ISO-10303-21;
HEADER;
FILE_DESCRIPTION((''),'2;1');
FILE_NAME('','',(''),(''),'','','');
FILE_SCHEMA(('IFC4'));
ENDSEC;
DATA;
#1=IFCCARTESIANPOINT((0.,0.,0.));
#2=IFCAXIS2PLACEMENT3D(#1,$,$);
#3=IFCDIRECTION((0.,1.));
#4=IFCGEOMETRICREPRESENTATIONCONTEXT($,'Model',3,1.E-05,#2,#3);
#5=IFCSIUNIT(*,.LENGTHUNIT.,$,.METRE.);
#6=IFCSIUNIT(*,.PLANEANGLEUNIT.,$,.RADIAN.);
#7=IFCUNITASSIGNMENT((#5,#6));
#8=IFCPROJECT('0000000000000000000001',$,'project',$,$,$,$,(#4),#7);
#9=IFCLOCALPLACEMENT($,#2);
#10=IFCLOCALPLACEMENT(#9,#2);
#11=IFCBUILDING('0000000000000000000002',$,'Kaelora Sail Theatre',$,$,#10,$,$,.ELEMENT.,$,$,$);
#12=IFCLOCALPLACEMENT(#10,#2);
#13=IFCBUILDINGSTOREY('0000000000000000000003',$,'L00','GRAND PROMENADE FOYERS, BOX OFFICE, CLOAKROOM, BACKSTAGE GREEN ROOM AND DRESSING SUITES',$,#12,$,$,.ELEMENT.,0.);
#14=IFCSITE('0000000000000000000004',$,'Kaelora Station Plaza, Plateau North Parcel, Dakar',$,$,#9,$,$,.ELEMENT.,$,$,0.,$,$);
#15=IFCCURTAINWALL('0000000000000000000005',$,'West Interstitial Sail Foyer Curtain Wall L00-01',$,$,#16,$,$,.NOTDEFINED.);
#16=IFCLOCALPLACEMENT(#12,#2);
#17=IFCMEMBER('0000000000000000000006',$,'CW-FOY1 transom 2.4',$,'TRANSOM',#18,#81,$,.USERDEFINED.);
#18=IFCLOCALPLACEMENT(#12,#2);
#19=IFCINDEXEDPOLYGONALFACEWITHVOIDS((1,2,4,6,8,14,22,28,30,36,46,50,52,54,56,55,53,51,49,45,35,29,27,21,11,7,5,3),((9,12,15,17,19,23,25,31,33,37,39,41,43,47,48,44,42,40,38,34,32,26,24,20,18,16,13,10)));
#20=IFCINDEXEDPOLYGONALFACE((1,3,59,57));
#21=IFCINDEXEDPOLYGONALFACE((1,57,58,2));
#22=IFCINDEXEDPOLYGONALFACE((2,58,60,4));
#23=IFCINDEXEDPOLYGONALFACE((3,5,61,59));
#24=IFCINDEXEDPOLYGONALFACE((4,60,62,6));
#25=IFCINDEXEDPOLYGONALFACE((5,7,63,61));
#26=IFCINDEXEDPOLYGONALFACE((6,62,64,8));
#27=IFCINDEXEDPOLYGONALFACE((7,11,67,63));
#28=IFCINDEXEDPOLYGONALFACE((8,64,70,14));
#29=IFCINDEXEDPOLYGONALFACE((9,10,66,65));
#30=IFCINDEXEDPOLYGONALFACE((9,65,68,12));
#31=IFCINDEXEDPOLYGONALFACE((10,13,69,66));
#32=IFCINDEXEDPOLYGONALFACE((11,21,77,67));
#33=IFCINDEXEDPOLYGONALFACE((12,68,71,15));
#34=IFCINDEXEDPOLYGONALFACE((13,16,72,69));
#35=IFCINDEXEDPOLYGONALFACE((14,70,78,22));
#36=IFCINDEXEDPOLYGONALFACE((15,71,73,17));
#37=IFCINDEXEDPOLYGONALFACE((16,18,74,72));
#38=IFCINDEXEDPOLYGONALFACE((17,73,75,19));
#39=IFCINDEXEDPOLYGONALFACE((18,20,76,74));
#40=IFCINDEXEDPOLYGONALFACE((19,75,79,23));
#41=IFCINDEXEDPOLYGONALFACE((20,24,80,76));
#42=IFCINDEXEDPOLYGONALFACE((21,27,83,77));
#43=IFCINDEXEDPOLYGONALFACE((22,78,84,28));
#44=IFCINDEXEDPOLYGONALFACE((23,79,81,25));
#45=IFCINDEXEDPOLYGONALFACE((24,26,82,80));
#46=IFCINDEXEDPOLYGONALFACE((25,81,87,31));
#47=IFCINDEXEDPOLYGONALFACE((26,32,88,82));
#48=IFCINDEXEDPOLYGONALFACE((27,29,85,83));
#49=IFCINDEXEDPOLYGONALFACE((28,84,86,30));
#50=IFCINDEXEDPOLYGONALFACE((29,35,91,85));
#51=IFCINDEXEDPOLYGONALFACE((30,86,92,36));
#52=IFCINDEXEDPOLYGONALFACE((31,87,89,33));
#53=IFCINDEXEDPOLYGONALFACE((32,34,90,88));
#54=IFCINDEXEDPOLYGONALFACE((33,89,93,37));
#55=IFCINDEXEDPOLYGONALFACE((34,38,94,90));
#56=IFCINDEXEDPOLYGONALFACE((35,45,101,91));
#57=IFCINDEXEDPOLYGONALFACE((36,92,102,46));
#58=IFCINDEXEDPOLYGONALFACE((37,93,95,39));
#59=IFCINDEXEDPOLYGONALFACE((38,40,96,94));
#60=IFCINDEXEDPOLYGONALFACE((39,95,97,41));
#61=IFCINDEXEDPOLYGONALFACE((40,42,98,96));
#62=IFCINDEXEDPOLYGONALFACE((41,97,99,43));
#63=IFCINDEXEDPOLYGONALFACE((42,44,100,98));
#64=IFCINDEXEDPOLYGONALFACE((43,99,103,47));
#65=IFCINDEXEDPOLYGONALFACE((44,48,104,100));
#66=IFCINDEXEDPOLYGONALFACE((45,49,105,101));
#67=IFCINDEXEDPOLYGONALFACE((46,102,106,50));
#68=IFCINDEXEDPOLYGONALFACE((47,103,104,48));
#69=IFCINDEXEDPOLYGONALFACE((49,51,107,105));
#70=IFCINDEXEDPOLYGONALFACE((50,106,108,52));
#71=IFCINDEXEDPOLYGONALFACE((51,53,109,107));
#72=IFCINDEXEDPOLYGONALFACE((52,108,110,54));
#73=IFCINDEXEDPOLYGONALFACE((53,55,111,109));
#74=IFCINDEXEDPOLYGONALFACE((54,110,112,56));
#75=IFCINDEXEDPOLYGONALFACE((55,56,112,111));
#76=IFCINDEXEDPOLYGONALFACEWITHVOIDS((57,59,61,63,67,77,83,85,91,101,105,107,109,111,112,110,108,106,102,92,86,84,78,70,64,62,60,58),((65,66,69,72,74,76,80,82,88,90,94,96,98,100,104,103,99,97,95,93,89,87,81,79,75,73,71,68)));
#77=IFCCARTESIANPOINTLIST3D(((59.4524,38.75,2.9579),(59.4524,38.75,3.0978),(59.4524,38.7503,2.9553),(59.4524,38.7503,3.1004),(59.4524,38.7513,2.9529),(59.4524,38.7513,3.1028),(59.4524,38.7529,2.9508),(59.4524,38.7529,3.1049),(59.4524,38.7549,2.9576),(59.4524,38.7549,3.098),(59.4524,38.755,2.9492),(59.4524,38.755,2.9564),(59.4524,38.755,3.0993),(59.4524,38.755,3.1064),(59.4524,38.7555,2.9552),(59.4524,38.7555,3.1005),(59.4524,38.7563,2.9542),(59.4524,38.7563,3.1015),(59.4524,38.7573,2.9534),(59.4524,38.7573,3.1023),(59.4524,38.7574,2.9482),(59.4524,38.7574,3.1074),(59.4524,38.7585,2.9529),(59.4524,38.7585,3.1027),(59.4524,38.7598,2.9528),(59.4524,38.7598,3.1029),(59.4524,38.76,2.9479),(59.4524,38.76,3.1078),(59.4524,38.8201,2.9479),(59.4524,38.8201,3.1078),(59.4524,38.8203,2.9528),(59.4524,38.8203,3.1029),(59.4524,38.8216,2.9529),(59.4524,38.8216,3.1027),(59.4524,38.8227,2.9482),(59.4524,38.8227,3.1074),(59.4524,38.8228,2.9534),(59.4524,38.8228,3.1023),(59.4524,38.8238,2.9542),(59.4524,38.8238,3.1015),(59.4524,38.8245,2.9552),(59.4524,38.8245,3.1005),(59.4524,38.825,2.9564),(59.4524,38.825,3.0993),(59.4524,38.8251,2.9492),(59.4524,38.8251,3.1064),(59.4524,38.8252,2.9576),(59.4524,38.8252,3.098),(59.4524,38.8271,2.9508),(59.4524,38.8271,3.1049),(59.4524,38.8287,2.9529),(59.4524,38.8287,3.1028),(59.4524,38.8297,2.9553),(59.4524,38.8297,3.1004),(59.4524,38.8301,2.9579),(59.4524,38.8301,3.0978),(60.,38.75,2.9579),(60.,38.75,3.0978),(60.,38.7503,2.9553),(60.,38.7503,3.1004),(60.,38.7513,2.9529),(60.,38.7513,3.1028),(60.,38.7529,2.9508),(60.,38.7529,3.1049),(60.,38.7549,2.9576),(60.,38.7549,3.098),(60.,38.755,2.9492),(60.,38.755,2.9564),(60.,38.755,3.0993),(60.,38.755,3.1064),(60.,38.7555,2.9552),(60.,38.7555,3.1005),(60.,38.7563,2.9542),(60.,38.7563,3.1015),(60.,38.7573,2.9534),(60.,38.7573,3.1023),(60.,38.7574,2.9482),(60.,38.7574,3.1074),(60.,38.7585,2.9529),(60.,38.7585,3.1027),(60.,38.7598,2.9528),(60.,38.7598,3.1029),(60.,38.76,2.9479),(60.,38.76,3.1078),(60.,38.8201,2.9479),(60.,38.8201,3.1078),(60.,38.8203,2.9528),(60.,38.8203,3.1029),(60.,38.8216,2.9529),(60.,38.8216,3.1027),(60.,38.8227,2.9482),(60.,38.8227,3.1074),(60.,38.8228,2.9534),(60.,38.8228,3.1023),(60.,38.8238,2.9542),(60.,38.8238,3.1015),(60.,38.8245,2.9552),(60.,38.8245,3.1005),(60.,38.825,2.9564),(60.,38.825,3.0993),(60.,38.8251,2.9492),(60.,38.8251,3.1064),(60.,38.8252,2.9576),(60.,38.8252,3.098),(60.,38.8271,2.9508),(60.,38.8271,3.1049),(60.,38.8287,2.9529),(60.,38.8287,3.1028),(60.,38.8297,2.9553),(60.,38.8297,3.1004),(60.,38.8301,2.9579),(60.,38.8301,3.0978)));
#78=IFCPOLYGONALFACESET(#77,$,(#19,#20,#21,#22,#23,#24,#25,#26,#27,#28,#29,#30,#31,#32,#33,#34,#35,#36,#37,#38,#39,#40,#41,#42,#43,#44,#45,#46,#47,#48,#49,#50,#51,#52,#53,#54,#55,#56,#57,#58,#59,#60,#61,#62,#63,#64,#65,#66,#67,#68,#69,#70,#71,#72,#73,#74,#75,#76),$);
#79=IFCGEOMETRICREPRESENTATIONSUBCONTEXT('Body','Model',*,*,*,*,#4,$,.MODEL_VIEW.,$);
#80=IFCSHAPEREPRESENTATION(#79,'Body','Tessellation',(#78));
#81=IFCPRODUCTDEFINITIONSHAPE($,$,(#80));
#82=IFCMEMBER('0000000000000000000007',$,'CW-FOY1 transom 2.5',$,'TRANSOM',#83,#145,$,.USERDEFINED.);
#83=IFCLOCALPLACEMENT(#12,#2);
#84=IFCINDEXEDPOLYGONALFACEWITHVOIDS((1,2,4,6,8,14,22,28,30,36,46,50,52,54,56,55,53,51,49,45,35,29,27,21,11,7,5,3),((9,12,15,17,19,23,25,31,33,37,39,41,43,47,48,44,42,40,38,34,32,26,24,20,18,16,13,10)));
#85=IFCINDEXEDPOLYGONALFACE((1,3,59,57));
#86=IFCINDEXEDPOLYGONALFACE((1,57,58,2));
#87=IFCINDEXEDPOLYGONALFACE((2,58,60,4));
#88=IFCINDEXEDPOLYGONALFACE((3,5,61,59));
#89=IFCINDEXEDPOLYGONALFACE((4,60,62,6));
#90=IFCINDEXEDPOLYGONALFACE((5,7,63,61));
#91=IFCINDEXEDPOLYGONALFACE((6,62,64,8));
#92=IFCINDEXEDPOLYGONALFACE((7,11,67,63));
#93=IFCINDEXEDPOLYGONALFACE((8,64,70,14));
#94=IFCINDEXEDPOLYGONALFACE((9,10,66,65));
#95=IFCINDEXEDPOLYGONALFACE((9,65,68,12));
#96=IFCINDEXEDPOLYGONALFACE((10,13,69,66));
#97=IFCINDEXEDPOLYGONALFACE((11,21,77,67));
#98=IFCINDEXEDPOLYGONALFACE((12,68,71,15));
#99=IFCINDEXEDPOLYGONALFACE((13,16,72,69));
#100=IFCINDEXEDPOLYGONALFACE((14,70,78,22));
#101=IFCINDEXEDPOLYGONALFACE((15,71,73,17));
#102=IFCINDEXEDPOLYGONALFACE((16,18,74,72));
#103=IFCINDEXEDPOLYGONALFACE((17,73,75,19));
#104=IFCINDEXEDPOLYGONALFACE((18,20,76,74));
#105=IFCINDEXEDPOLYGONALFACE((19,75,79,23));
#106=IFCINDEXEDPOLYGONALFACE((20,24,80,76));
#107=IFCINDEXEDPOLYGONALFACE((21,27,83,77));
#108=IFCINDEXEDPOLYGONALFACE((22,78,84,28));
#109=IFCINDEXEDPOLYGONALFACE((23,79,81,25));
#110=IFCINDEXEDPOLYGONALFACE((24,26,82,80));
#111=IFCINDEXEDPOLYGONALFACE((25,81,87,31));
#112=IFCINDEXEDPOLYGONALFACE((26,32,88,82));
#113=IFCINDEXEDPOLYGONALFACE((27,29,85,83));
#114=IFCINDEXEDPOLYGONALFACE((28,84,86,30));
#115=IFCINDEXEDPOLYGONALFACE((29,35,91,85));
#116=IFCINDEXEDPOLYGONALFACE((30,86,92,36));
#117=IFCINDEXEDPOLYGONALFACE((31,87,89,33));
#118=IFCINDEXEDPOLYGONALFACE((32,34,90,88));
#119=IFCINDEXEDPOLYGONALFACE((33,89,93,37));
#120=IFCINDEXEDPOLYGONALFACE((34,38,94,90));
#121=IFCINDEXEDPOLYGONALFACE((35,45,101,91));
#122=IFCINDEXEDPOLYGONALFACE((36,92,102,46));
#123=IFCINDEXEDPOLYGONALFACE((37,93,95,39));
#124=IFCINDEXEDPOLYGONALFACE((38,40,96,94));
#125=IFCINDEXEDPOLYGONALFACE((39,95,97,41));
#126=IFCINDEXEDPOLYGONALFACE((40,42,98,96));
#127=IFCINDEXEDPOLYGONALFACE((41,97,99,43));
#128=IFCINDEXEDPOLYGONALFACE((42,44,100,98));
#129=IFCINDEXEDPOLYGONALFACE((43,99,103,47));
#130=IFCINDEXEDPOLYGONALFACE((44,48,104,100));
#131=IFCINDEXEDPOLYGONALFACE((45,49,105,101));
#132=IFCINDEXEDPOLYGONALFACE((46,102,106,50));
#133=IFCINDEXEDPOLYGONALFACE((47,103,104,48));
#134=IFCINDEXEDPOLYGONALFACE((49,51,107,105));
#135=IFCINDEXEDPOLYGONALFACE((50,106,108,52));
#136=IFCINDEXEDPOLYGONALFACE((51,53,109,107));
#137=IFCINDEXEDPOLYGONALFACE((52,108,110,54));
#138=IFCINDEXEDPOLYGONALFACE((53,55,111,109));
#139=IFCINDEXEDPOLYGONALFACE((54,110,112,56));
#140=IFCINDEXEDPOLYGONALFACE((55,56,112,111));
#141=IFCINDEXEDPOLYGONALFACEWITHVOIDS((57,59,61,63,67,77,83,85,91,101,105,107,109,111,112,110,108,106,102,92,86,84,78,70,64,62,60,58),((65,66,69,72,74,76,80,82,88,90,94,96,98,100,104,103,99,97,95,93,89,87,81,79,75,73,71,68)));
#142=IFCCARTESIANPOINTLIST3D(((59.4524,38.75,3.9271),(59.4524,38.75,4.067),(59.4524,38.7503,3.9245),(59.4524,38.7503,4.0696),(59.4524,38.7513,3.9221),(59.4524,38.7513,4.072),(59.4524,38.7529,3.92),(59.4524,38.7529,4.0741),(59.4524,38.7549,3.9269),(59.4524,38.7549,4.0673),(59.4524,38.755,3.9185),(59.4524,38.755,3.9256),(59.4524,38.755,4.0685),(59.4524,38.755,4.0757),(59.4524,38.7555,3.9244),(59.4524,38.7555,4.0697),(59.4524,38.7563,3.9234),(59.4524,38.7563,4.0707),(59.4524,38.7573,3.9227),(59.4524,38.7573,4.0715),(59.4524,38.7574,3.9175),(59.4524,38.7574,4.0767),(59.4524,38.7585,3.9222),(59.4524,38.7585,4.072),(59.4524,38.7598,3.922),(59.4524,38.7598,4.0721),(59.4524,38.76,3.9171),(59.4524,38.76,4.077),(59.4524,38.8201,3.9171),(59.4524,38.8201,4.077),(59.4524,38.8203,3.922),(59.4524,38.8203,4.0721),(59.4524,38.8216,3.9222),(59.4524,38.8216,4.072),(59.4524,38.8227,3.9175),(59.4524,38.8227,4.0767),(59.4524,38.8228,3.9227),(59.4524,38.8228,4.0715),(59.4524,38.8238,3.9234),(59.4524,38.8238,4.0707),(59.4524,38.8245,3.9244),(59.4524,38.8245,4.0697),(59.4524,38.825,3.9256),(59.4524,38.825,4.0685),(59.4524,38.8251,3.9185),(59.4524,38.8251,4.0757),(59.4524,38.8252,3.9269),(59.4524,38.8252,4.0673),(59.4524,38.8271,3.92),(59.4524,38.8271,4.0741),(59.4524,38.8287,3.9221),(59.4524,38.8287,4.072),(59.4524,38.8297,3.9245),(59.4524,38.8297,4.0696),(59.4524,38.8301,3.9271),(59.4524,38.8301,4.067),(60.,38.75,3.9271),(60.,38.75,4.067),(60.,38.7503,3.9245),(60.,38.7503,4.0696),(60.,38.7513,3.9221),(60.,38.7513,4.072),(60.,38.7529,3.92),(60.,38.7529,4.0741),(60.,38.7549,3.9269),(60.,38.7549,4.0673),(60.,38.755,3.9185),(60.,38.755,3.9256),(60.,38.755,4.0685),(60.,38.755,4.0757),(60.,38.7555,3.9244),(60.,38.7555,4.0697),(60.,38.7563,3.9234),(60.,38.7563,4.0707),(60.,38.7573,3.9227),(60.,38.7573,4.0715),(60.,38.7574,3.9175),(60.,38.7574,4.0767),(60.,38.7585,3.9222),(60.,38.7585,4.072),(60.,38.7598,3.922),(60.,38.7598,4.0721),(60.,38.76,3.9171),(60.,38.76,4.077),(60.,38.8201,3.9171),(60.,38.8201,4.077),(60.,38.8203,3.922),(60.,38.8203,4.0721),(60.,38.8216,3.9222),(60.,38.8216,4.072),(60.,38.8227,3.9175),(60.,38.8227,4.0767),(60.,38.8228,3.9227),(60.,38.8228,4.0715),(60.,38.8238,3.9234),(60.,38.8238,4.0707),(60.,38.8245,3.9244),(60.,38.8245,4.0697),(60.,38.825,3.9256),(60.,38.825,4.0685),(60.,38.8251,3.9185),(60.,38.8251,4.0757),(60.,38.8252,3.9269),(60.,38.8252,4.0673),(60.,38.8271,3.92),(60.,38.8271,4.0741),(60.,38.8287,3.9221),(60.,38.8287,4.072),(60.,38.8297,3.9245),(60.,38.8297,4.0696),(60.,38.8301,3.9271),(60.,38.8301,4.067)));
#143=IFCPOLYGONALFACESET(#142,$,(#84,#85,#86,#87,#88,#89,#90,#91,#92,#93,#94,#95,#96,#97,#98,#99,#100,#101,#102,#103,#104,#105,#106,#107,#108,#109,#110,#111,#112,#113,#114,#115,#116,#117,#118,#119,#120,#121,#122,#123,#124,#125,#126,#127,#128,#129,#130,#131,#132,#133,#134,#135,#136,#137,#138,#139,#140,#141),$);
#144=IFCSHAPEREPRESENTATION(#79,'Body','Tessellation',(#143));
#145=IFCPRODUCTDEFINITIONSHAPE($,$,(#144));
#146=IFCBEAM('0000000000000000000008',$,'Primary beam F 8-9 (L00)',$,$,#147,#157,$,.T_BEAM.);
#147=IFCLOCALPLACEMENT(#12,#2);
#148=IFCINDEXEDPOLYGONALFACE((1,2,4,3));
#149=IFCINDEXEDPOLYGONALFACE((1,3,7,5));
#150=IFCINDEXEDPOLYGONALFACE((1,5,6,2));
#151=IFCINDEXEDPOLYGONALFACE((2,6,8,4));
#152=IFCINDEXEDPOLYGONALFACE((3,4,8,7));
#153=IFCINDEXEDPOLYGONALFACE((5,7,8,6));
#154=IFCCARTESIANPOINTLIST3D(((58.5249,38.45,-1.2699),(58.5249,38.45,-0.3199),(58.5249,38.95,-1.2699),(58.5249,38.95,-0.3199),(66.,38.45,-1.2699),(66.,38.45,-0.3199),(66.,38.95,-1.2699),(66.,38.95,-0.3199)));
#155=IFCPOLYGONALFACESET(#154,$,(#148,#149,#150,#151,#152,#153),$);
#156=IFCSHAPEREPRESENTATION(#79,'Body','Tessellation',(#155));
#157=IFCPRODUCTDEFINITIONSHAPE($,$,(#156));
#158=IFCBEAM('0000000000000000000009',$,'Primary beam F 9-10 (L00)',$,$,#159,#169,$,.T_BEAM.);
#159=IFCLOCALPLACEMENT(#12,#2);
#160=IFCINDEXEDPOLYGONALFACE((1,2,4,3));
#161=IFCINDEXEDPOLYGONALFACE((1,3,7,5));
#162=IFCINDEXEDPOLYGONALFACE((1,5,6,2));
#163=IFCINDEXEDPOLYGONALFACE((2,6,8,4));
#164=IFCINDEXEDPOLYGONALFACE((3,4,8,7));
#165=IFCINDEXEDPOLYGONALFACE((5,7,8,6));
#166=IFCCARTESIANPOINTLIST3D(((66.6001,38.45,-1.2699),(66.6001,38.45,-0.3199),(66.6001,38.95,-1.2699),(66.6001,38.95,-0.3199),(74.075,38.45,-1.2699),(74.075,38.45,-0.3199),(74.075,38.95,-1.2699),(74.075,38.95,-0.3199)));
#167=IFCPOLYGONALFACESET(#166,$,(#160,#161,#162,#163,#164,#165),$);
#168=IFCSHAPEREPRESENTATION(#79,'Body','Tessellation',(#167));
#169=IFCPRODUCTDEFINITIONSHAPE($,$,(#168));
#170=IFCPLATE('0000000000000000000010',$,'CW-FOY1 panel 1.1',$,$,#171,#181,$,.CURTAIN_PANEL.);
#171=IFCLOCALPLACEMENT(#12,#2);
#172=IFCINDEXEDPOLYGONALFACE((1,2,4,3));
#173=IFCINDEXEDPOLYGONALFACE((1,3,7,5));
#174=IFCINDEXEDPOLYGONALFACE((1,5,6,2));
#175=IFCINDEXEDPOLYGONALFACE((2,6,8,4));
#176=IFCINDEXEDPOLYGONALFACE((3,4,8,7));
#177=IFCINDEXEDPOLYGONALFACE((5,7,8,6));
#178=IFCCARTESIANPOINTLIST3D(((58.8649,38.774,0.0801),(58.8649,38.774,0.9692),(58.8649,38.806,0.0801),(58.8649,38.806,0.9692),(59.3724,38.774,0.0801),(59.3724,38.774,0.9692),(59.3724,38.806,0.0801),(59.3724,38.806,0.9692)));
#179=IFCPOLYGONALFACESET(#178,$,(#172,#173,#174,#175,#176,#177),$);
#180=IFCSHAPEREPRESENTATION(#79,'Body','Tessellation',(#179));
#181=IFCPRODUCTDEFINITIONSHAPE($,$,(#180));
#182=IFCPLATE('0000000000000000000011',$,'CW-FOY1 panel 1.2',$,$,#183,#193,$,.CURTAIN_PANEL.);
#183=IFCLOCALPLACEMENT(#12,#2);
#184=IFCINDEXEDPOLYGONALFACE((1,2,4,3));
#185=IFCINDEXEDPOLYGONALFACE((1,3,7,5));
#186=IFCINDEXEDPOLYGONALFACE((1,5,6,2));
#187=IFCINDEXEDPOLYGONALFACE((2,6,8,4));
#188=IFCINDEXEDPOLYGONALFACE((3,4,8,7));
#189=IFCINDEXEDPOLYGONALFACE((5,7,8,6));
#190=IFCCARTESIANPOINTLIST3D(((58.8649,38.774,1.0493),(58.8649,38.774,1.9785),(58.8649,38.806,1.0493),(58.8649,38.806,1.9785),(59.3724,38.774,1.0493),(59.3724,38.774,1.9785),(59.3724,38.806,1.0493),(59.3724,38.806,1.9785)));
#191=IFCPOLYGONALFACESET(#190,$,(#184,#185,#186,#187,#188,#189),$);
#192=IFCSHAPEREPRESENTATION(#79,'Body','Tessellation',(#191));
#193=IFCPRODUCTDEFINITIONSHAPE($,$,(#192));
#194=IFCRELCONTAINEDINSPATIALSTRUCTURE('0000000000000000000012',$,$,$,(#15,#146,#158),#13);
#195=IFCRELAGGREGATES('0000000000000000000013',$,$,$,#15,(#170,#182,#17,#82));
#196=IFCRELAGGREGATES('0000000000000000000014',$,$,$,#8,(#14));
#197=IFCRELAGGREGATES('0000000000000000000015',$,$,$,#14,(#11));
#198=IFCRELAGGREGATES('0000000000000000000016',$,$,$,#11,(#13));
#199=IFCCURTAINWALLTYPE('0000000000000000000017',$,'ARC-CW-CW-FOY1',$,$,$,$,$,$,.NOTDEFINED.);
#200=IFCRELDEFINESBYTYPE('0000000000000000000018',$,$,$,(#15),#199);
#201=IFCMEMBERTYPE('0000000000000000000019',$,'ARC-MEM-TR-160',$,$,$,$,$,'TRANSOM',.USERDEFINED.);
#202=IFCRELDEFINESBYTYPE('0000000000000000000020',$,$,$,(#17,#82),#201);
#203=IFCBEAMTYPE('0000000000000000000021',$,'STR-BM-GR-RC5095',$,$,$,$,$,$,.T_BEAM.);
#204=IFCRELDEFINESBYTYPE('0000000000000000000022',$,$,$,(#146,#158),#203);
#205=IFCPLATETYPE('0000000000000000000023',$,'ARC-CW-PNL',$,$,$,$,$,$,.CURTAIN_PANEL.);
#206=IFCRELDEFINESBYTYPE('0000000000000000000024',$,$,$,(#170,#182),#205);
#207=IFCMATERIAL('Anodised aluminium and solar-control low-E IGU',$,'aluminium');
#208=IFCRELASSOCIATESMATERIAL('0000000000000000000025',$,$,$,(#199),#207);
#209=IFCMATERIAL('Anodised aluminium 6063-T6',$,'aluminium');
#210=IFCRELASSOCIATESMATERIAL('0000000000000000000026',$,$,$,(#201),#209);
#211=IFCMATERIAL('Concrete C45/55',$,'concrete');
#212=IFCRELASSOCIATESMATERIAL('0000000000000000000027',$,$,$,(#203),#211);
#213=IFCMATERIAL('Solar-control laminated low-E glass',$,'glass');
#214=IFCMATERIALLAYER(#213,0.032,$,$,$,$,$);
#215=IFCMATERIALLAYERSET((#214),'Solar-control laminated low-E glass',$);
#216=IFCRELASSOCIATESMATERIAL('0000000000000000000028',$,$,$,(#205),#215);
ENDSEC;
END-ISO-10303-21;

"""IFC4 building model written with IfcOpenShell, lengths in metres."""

from ifc_helpers import new_model, si_unit, direction, frame, origin, origin_2d, place, context, subcontext, project, spatial, rectangle, hollow_rectangle, extrude, material, layer, layer_set, material_profile, profile_set, type_object, element, aggregate, save


model = new_model("IFC4")

# Units and contexts
model_context = context("Model", 3, precision=1e-05, world=origin(), true_north=direction((0.0, 1.0)))
body_context = subcontext(model_context, "Body", "Model", "MODEL_VIEW")
ifc_project = project(units=[si_unit("LENGTHUNIT", "METRE"), si_unit("PLANEANGLEUNIT", "RADIAN")], contexts=[model_context])

# Site, building, storey
site_placement = place(None, origin())
site = spatial("IfcSite", under=ifc_project, at=site_placement, Name="Kaelora Station Plaza, Plateau North Parcel, Dakar", CompositionType="ELEMENT", RefElevation=0.0)
building_placement = place(site_placement, origin())
building = spatial("IfcBuilding", under=site, at=building_placement, Name="Kaelora Sail Theatre", CompositionType="ELEMENT")
storey_placement = place(building_placement, origin())
storey = spatial("IfcBuildingStorey", under=building, at=storey_placement, Name="L00", Description="GRAND PROMENADE FOYERS, BOX OFFICE, CLOAKROOM, BACKSTAGE GREEN ROOM AND DRESSING SUITES", CompositionType="ELEMENT", Elevation=0.0)

# Curtain wall, members
ifc_material_1 = material(Name="Anodised aluminium and solar-control low-E IGU", Category="aluminium")
curtain_wall_type = type_object("IfcCurtainWallType", Name="ARC-CW-CW-FOY1", PredefinedType="NOTDEFINED", material=ifc_material_1)
curtain_wall_placement = place(storey_placement, origin())
curtain_wall = element("IfcCurtainWall", 1, at=curtain_wall_placement, inside=storey, type_object=curtain_wall_type, Name="West Interstitial Sail Foyer Curtain Wall L00-01", PredefinedType="NOTDEFINED")
ifc_material_2 = material(Name="Anodised aluminium 6063-T6", Category="aluminium")
ifc_material_profile_1 = material_profile(ifc_material_2, hollow_rectangle(XDim=0.0801, YDim=0.1599, WallThickness=0.0049, InnerFilletRadius=0.0049, OuterFilletRadius=0.01, at=origin_2d()), Name="ALU-TRAN 80x160x5")
ifc_profile_set_1 = profile_set([ifc_material_profile_1], Name="Anodised aluminium 6063-T6")
member_type_1 = type_object("IfcMemberType", Name="ARC-MEM-TR-160", ElementType="TRANSOM", PredefinedType="USERDEFINED", material=ifc_profile_set_1)
member_1_placement = place(storey_placement, frame((59.4524, 38.79, 3.0278), z_axis=(1.0, 0.0, 0.0), x_axis=(0.0, 1.0, 0.0)))
member_1 = element("IfcMember", 2, at=member_1_placement, type_object=member_type_1, Name="CW-FOY1 transom 2.4", ObjectType="TRANSOM", PredefinedType="USERDEFINED", context=body_context, shape_type="SweptSolid", body=[
    extrude(hollow_rectangle(XDim=0.0801, YDim=0.1599, WallThickness=0.0049, InnerFilletRadius=0.0049, OuterFilletRadius=0.01, at=origin_2d()), origin(), (0.0, 0.0, 1.0), 0.5476),
])
member_2_placement = place(storey_placement, frame((59.4524, 38.79, 3.9971), z_axis=(1.0, 0.0, 0.0), x_axis=(0.0, 1.0, 0.0)))
member_2 = element("IfcMember", 3, at=member_2_placement, type_object=member_type_1, Name="CW-FOY1 transom 2.5", ObjectType="TRANSOM", PredefinedType="USERDEFINED", context=body_context, shape_type="SweptSolid", body=[
    extrude(hollow_rectangle(XDim=0.0801, YDim=0.1599, WallThickness=0.0049, InnerFilletRadius=0.0049, OuterFilletRadius=0.01, at=origin_2d()), origin(), (0.0, 0.0, 1.0), 0.5476),
])

# Beams
ifc_material_3 = material(Name="Concrete C45/55", Category="concrete")
ifc_material_profile_2 = material_profile(ifc_material_3, rectangle(XDim=0.5, YDim=0.95, at=origin_2d()), Name="RC-GRD 500x950")
ifc_profile_set_2 = profile_set([ifc_material_profile_2], Name="Concrete C45/55")
beam_type = type_object("IfcBeamType", Name="STR-BM-GR-RC5095", PredefinedType="T_BEAM", material=ifc_profile_set_2)
beam_1_placement = place(storey_placement, frame((58.5249, 38.7, -0.7949), z_axis=(1.0, 0.0, 0.0), x_axis=(0.0, 1.0, 0.0)))
element("IfcBeam", 4, at=beam_1_placement, inside=storey, type_object=beam_type, Name="Primary beam F 8-9 (L00)", PredefinedType="T_BEAM", context=body_context, shape_type="SweptSolid", body=[
    extrude(rectangle(XDim=0.5, YDim=0.95, at=origin_2d()), origin(), (0.0, 0.0, 1.0), 7.4751),
])
beam_2_placement = place(storey_placement, frame((66.6001, 38.7, -0.7949), z_axis=(1.0, 0.0, 0.0), x_axis=(0.0, 1.0, 0.0)))
element("IfcBeam", 5, at=beam_2_placement, inside=storey, type_object=beam_type, Name="Primary beam F 9-10 (L00)", PredefinedType="T_BEAM", context=body_context, shape_type="SweptSolid", body=[
    extrude(rectangle(XDim=0.5, YDim=0.95, at=origin_2d()), origin(), (0.0, 0.0, 1.0), 7.4749),
])

# Plates
ifc_material_4 = material(Name="Solar-control laminated low-E glass", Category="glass")
ifc_layer_1 = layer(ifc_material_4, 0.032)
ifc_layer_set_1 = layer_set([ifc_layer_1], Name="Solar-control laminated low-E glass")
plate_type = type_object("IfcPlateType", Name="ARC-CW-PNL", PredefinedType="CURTAIN_PANEL", material=ifc_layer_set_1)
plate_1_placement = place(storey_placement, frame((59.1187, 38.79, 0.0801), z_axis=(0.0, 0.0, 1.0), x_axis=(1.0, 0.0, 0.0)))
plate_1 = element("IfcPlate", 6, at=plate_1_placement, type_object=plate_type, Name="CW-FOY1 panel 1.1", PredefinedType="CURTAIN_PANEL", context=body_context, shape_type="SweptSolid", body=[
    extrude(rectangle(XDim=0.5076, YDim=0.032, at=origin_2d()), origin(), (0.0, 0.0, 1.0), 0.8892),
])
plate_2_placement = place(storey_placement, frame((59.1187, 38.79, 1.0493), z_axis=(0.0, 0.0, 1.0), x_axis=(1.0, 0.0, 0.0)))
plate_2 = element("IfcPlate", 7, at=plate_2_placement, type_object=plate_type, Name="CW-FOY1 panel 1.2", PredefinedType="CURTAIN_PANEL", context=body_context, shape_type="SweptSolid", body=[
    extrude(rectangle(XDim=0.5076, YDim=0.032, at=origin_2d()), origin(), (0.0, 0.0, 1.0), 0.9292),
])
aggregate(curtain_wall, [plate_1, plate_2, member_1, member_2])

save(model, "model.ifc")
